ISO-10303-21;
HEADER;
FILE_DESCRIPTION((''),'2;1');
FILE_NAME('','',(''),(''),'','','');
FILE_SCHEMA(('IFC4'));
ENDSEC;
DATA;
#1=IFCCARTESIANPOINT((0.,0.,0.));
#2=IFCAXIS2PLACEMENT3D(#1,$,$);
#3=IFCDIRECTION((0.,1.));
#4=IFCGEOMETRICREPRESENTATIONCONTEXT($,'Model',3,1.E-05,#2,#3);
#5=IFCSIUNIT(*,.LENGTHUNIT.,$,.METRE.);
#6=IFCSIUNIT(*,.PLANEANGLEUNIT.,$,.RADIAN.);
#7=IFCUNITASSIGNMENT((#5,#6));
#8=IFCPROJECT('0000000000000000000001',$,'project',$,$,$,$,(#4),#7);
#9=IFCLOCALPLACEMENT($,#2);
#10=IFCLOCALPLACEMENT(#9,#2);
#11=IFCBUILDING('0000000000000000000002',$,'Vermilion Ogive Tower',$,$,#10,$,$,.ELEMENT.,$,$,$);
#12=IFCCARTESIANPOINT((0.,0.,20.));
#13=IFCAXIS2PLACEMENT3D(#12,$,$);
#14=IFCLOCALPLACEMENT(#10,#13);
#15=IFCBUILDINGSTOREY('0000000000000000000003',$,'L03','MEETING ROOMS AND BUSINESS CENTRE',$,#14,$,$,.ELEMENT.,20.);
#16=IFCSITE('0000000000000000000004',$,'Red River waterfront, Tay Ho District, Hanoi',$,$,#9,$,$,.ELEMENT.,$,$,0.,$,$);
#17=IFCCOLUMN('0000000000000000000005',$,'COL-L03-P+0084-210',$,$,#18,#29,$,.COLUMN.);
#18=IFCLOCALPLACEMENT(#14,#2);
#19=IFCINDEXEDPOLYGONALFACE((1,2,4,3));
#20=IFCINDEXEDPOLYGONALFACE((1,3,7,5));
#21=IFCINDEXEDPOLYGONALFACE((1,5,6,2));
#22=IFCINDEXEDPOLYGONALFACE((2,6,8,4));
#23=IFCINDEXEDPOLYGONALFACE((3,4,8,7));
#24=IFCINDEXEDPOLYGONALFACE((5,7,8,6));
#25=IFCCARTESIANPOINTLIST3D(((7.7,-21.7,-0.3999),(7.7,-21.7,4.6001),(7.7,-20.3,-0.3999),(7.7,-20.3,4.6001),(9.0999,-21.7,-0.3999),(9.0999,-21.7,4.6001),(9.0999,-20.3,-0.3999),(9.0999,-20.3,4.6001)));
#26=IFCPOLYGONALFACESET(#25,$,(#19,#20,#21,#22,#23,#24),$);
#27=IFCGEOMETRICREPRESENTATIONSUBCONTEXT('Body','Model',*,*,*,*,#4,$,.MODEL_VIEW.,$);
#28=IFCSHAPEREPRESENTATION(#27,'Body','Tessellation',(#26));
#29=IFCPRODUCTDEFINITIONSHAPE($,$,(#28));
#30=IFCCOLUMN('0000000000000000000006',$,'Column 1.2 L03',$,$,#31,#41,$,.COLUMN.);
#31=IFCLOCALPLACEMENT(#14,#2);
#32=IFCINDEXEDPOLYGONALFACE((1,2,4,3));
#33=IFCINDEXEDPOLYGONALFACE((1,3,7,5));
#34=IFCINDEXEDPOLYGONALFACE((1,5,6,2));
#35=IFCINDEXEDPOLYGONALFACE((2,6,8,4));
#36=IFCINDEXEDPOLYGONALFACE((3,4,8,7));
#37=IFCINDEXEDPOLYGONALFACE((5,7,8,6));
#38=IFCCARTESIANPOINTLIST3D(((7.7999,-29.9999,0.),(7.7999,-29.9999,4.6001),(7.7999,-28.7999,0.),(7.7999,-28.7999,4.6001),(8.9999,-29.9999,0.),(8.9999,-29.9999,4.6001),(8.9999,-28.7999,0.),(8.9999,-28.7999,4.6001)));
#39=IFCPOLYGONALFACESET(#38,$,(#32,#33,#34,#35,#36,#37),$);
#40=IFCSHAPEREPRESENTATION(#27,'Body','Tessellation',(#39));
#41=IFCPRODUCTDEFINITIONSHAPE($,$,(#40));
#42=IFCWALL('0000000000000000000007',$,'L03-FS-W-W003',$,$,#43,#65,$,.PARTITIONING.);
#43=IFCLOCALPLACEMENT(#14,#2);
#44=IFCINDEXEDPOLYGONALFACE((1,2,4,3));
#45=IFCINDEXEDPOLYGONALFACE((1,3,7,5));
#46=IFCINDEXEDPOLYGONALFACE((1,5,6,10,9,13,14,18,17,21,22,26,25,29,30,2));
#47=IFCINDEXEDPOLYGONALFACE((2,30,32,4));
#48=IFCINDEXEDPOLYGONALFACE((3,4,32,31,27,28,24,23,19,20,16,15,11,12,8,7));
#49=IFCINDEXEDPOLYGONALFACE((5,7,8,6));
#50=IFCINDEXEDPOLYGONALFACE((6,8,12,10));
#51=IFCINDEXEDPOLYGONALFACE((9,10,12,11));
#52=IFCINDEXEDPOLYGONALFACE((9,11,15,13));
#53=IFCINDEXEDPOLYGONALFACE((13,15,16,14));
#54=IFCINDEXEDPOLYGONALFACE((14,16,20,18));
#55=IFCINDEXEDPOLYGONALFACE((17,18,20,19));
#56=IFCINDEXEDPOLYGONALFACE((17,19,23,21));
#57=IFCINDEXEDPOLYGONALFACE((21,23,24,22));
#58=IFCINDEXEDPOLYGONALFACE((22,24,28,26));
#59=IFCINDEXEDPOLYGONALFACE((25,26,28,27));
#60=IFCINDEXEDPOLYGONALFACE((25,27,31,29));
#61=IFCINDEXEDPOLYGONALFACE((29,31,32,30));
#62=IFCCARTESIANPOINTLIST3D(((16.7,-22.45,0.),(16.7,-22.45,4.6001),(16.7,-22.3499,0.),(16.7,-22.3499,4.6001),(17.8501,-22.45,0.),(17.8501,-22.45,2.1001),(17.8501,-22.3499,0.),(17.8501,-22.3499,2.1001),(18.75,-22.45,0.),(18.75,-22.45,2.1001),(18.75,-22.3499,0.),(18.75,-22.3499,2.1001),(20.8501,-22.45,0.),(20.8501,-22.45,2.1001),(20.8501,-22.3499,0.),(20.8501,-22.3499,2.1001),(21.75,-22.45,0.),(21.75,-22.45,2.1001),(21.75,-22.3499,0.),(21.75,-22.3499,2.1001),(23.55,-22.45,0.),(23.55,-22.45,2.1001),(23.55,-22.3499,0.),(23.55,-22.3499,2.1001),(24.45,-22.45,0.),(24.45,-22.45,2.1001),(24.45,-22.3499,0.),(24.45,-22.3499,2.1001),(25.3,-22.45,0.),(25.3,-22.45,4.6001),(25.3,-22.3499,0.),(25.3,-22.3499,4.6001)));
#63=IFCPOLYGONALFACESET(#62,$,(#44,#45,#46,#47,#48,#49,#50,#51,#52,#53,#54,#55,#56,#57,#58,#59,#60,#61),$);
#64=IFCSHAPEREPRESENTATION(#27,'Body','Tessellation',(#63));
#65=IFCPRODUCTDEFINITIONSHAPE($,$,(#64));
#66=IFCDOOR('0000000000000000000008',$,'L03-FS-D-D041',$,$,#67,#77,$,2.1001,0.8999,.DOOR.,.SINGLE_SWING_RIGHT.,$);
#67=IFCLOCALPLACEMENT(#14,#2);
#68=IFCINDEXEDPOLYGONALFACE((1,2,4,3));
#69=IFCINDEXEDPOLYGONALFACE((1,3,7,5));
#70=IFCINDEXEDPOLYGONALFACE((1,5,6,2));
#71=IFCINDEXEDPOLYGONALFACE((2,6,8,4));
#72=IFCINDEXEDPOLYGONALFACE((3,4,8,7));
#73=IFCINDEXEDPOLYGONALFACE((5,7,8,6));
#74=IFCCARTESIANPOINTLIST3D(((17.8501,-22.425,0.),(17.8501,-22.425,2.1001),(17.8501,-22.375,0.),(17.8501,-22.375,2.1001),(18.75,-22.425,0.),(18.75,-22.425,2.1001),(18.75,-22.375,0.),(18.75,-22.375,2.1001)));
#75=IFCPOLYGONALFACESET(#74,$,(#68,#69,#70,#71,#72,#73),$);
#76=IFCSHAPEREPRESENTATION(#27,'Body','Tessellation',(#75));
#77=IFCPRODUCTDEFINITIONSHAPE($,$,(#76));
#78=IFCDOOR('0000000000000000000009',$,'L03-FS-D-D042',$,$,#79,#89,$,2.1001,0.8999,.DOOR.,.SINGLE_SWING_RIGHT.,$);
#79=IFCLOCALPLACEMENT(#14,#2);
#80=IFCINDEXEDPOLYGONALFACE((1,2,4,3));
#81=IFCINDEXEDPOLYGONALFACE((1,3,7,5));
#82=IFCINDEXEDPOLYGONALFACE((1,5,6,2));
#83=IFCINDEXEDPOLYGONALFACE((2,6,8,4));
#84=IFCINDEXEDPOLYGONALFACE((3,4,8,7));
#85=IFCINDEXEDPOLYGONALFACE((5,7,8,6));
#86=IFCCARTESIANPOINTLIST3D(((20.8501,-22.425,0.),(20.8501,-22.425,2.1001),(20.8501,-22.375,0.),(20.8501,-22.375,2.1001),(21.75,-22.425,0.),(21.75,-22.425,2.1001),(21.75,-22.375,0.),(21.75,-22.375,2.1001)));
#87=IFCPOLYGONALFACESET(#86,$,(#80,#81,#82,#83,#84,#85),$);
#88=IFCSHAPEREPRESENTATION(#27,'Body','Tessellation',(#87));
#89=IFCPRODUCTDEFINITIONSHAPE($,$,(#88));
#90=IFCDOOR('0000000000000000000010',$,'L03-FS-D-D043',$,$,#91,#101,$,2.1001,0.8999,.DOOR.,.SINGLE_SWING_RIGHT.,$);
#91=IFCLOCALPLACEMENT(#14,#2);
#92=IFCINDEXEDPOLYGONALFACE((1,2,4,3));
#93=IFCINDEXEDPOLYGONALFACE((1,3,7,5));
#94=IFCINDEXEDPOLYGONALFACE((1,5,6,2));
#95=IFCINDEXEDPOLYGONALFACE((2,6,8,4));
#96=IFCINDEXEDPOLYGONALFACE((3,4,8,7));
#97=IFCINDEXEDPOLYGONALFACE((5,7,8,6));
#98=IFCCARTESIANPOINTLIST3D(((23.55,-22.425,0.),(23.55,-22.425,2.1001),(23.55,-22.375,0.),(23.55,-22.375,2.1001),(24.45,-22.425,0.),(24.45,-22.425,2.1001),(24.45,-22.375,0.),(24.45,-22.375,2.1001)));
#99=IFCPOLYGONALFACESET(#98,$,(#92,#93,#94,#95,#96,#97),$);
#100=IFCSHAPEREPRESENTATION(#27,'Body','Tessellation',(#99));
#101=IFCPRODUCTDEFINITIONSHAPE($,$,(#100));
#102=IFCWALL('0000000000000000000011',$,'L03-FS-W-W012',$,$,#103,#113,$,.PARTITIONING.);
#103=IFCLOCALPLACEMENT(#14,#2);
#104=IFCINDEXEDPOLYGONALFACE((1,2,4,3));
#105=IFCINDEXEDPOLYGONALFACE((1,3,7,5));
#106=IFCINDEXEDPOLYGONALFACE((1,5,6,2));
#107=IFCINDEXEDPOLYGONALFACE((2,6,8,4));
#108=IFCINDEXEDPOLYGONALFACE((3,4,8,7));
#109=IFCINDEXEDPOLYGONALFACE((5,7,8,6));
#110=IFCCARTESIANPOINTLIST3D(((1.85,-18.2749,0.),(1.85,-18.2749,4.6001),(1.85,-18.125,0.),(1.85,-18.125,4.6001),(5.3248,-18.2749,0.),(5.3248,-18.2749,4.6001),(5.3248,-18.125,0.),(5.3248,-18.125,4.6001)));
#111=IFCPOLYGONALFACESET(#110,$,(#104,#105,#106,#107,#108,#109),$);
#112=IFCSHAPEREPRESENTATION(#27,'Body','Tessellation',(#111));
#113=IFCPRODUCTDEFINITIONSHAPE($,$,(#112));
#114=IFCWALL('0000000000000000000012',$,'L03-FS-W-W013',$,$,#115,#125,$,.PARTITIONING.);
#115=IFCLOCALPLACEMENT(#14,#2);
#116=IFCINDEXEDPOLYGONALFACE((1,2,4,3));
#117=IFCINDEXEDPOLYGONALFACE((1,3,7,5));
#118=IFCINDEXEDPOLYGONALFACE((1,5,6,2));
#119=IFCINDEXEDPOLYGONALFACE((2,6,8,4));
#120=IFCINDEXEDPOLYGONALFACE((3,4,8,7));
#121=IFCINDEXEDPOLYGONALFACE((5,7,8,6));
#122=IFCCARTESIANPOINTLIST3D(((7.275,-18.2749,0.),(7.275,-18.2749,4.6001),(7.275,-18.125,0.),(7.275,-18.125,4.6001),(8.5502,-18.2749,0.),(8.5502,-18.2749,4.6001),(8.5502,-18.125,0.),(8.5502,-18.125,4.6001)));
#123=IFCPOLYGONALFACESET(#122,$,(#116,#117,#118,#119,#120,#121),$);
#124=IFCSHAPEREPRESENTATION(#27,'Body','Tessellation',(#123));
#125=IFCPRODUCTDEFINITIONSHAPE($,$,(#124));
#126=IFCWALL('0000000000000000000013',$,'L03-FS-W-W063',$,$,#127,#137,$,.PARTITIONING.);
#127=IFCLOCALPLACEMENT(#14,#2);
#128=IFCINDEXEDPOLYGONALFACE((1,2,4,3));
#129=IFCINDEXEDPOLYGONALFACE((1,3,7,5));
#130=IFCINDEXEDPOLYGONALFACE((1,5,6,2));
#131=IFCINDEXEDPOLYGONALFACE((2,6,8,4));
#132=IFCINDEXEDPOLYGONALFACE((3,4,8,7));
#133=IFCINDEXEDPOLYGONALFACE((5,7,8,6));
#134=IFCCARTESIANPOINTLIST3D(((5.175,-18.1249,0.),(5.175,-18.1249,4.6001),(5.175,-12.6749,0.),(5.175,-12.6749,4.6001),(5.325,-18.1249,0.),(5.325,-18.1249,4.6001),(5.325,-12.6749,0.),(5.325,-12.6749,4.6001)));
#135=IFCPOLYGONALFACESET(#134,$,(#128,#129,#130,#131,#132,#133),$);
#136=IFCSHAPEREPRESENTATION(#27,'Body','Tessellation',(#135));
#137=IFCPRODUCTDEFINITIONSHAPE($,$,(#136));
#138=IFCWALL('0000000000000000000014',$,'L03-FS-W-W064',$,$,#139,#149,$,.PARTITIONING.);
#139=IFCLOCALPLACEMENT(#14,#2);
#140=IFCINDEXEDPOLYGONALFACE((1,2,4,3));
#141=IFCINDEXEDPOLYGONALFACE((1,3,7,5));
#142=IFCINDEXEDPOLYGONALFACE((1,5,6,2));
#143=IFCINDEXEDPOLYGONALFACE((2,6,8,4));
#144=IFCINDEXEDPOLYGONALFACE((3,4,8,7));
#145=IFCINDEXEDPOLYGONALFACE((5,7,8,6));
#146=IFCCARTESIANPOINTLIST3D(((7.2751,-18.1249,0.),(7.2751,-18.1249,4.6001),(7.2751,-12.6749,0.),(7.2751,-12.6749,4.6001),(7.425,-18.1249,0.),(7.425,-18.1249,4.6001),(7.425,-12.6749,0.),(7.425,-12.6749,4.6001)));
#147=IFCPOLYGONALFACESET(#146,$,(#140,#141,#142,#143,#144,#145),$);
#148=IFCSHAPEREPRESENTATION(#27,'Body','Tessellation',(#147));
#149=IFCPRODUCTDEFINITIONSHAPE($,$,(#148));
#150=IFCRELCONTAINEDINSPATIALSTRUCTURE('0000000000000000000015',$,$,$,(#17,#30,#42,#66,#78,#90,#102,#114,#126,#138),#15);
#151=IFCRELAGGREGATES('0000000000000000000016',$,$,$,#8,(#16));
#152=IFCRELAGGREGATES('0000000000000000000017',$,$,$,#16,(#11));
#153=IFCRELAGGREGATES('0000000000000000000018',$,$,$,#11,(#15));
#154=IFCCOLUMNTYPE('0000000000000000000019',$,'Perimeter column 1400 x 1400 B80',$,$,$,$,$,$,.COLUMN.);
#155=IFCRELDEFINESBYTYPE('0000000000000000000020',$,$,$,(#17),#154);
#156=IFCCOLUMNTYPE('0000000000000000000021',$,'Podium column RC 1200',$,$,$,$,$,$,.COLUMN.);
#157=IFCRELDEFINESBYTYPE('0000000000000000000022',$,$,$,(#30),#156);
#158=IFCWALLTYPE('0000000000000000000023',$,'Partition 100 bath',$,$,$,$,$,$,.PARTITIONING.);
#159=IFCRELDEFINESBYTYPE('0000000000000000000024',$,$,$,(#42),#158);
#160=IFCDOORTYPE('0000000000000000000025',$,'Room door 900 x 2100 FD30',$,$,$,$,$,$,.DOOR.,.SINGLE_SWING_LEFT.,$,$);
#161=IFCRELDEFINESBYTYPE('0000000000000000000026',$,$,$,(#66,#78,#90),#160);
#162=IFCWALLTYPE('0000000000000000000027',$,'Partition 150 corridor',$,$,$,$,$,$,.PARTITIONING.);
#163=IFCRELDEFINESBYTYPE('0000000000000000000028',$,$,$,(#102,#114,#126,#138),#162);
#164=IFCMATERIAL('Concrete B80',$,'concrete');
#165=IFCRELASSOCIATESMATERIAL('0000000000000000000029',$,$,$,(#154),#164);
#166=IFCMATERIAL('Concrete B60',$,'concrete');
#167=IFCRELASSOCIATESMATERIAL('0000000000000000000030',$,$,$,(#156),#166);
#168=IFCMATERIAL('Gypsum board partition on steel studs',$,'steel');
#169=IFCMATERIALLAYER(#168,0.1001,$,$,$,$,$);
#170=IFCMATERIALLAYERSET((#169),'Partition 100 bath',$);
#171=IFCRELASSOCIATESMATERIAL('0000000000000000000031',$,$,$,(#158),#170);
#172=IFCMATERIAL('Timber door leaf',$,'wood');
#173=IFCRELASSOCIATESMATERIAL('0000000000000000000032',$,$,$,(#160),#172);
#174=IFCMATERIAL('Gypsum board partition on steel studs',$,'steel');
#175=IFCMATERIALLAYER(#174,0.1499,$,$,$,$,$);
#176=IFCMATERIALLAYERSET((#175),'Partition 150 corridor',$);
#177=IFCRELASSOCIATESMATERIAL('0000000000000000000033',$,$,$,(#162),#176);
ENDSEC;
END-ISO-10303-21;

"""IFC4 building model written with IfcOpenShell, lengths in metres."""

from ifc_helpers import new_model, si_unit, direction, frame, frame_2d, origin, origin_2d, place, context, subcontext, project, spatial, rectangle, extrude, material, layer, layer_set, material_profile, profile_set, type_object, element, fill, save


model = new_model("IFC4")

# Units and contexts
model_context = context("Model", 3, precision=1e-05, world=origin(), true_north=direction((0.0, 1.0)))
body_context = subcontext(model_context, "Body", "Model", "MODEL_VIEW")
ifc_project = project(units=[si_unit("LENGTHUNIT", "METRE"), si_unit("PLANEANGLEUNIT", "RADIAN")], contexts=[model_context])

# Site, building, storey
site_placement = place(None, origin())
site = spatial("IfcSite", under=ifc_project, at=site_placement, Name="Red River waterfront, Tay Ho District, Hanoi", CompositionType="ELEMENT", RefElevation=0.0)
building_placement = place(site_placement, origin())
building = spatial("IfcBuilding", under=site, at=building_placement, Name="Vermilion Ogive Tower", CompositionType="ELEMENT")
storey_placement = place(building_placement, frame((0.0, 0.0, 20.0)))
storey = spatial("IfcBuildingStorey", under=building, at=storey_placement, Name="L03", Description="MEETING ROOMS AND BUSINESS CENTRE", CompositionType="ELEMENT", Elevation=20.0)

# Columns
ifc_material_1 = material(Name="Concrete B80", Category="concrete")
ifc_material_profile_1 = material_profile(ifc_material_1, rectangle(XDim=1.3999, YDim=1.3999, at=origin_2d()), Name="1400 x 1400")
ifc_profile_set_1 = profile_set([ifc_material_profile_1], Name="Concrete B80")
column_type_1 = type_object("IfcColumnType", Name="Perimeter column 1400 x 1400 B80", PredefinedType="COLUMN", material=ifc_profile_set_1)
column_1_placement = place(storey_placement, frame((8.3999, -21.0, -0.3999), z_axis=(0.0, 0.0, 1.0), x_axis=(1.0, 0.0, 0.0)))
element("IfcColumn", 1, at=column_1_placement, inside=storey, type_object=column_type_1, Name="COL-L03-P+0084-210", PredefinedType="COLUMN", context=body_context, shape_type="SweptSolid", body=[
    extrude(rectangle(XDim=1.3999, YDim=1.3999, at=origin_2d()), origin(), (0.0, 0.0, 1.0), 5.0),
])
ifc_material_2 = material(Name="Concrete B60", Category="concrete")
ifc_material_profile_2 = material_profile(ifc_material_2, rectangle(XDim=1.2, YDim=1.2, at=origin_2d()), Name="RC 1200x1200")
ifc_profile_set_2 = profile_set([ifc_material_profile_2], Name="Concrete B60")
column_type_2 = type_object("IfcColumnType", Name="Podium column RC 1200", PredefinedType="COLUMN", material=ifc_profile_set_2)
column_2_placement = place(storey_placement, frame((8.3999, -29.3999, 0.0), z_axis=(0.0, 0.0, 1.0), x_axis=(1.0, 0.0, 0.0)))
element("IfcColumn", 2, at=column_2_placement, inside=storey, type_object=column_type_2, Name="Column 1.2 L03", PredefinedType="COLUMN", context=body_context, shape_type="SweptSolid", body=[
    extrude(rectangle(XDim=1.2, YDim=1.2, at=origin_2d()), origin(), (0.0, 0.0, 1.0), 4.6001),
])

# Wall, openings, doors
ifc_material_3 = material(Name="Gypsum board partition on steel studs", Category="steel")
ifc_layer_1 = layer(ifc_material_3, 0.1001)
ifc_layer_set_1 = layer_set([ifc_layer_1], Name="Partition 100 bath")
wall_type_1 = type_object("IfcWallType", Name="Partition 100 bath", PredefinedType="PARTITIONING", material=ifc_layer_set_1)
wall_1_placement = place(storey_placement, frame((16.7, -22.3999, 0.0), z_axis=(0.0, 0.0, 1.0), x_axis=(1.0, 0.0, 0.0)))
wall_1 = element("IfcWall", 3, at=wall_1_placement, inside=storey, type_object=wall_type_1, Name="L03-FS-W-W003", PredefinedType="PARTITIONING", context=body_context, shape_type="SweptSolid", body=[
    extrude(rectangle(XDim=8.6001, YDim=0.1001, at=frame_2d((4.3, 0.0))), origin(), (0.0, 0.0, 1.0), 4.6001),
])
opening_1_placement = place(wall_1_placement, frame((1.1501, 0.0, 0.0)))
opening_1 = element("IfcOpeningElement", 4, at=opening_1_placement, cuts=wall_1, PredefinedType="OPENING", context=body_context, shape_type="SweptSolid", body=[
    extrude(rectangle(XDim=0.8999, YDim=2.1001, at=frame_2d((0.45, 1.05))), frame((0.0, 0.0601, 0.0), z_axis=(0.0, -1.0, 0.0), x_axis=(1.0, 0.0, 0.0)), (0.0, 0.0, 1.0), 0.1201),
])
opening_2_placement = place(wall_1_placement, frame((4.1501, 0.0, 0.0)))
opening_2 = element("IfcOpeningElement", 5, at=opening_2_placement, cuts=wall_1, PredefinedType="OPENING", context=body_context, shape_type="SweptSolid", body=[
    extrude(rectangle(XDim=0.8999, YDim=2.1001, at=frame_2d((0.45, 1.05))), frame((0.0, 0.0601, 0.0), z_axis=(0.0, -1.0, 0.0), x_axis=(1.0, 0.0, 0.0)), (0.0, 0.0, 1.0), 0.1201),
])
opening_3_placement = place(wall_1_placement, frame((6.8501, 0.0, 0.0)))
opening_3 = element("IfcOpeningElement", 6, at=opening_3_placement, cuts=wall_1, PredefinedType="OPENING", context=body_context, shape_type="SweptSolid", body=[
    extrude(rectangle(XDim=0.8999, YDim=2.1001, at=frame_2d((0.45, 1.05))), frame((0.0, 0.0601, 0.0), z_axis=(0.0, -1.0, 0.0), x_axis=(1.0, 0.0, 0.0)), (0.0, 0.0, 1.0), 0.1201),
])
ifc_material_4 = material(Name="Timber door leaf", Category="wood")
door_type_1 = type_object("IfcDoorType", Name="Room door 900 x 2100 FD30", OperationType="SINGLE_SWING_LEFT", PredefinedType="DOOR", material=ifc_material_4)
door_1_placement = place(opening_1_placement, origin())
door_1 = element("IfcDoor", 7, at=door_1_placement, inside=storey, type_object=door_type_1, Name="L03-FS-D-D041", OperationType="SINGLE_SWING_RIGHT", OverallHeight=2.1001, OverallWidth=0.8999, PredefinedType="DOOR", context=body_context, shape_type="SweptSolid", body=[
    extrude(rectangle(XDim=0.8999, YDim=2.1001, at=frame_2d((0.45, 1.05))), frame((0.0, 0.0249, 0.0), z_axis=(0.0, -1.0, 0.0), x_axis=(1.0, 0.0, 0.0)), (0.0, 0.0, 1.0), 0.05),
])
fill(opening_1, door_1)
door_2_placement = place(opening_2_placement, origin())
door_2 = element("IfcDoor", 8, at=door_2_placement, inside=storey, type_object=door_type_1, Name="L03-FS-D-D042", OperationType="SINGLE_SWING_RIGHT", OverallHeight=2.1001, OverallWidth=0.8999, PredefinedType="DOOR", context=body_context, shape_type="SweptSolid", body=[
    extrude(rectangle(XDim=0.8999, YDim=2.1001, at=frame_2d((0.45, 1.05))), frame((0.0, 0.0249, 0.0), z_axis=(0.0, -1.0, 0.0), x_axis=(1.0, 0.0, 0.0)), (0.0, 0.0, 1.0), 0.05),
])
fill(opening_2, door_2)
door_3_placement = place(opening_3_placement, origin())
door_3 = element("IfcDoor", 9, at=door_3_placement, inside=storey, type_object=door_type_1, Name="L03-FS-D-D043", OperationType="SINGLE_SWING_RIGHT", OverallHeight=2.1001, OverallWidth=0.8999, PredefinedType="DOOR", context=body_context, shape_type="SweptSolid", body=[
    extrude(rectangle(XDim=0.8999, YDim=2.1001, at=frame_2d((0.45, 1.05))), frame((0.0, 0.0249, 0.0), z_axis=(0.0, -1.0, 0.0), x_axis=(1.0, 0.0, 0.0)), (0.0, 0.0, 1.0), 0.05),
])
fill(opening_3, door_3)

# Walls
ifc_material_5 = material(Name="Gypsum board partition on steel studs", Category="steel")
ifc_layer_2 = layer(ifc_material_5, 0.1499)
ifc_layer_set_2 = layer_set([ifc_layer_2], Name="Partition 150 corridor")
wall_type_2 = type_object("IfcWallType", Name="Partition 150 corridor", PredefinedType="PARTITIONING", material=ifc_layer_set_2)
wall_2_placement = place(storey_placement, frame((1.8501, -18.2, 0.0), z_axis=(0.0, 0.0, 1.0), x_axis=(1.0, 0.0, 0.0)))
element("IfcWall", 10, at=wall_2_placement, inside=storey, type_object=wall_type_2, Name="L03-FS-W-W012", PredefinedType="PARTITIONING", context=body_context, shape_type="SweptSolid", body=[
    extrude(rectangle(XDim=3.4749, YDim=0.1499, at=frame_2d((1.7373, 0.0))), origin(), (0.0, 0.0, 1.0), 4.6001),
])
wall_3_placement = place(storey_placement, frame((7.2749, -18.2, 0.0), z_axis=(0.0, 0.0, 1.0), x_axis=(1.0, 0.0, 0.0)))
element("IfcWall", 11, at=wall_3_placement, inside=storey, type_object=wall_type_2, Name="L03-FS-W-W013", PredefinedType="PARTITIONING", context=body_context, shape_type="SweptSolid", body=[
    extrude(rectangle(XDim=1.2751, YDim=0.1499, at=frame_2d((0.6377, 0.0))), origin(), (0.0, 0.0, 1.0), 4.6001),
])
for number, where, z_axis, x_axis, name in (
    (12, (5.25, -18.125, 0.0), (0.0, 0.0, 1.0), (0.0, 1.0, 0.0), "L03-FS-W-W063"),
    (13, (7.3501, -18.125, 0.0), (0.0, 0.0, 1.0), (0.0, 1.0, 0.0), "L03-FS-W-W064"),
):
    element("IfcWall", number, at=place(storey_placement, frame(where, z_axis=z_axis, x_axis=x_axis)), inside=storey, type_object=wall_type_2, Name=name, PredefinedType="PARTITIONING", context=body_context, shape_type="SweptSolid", body=[
        extrude(rectangle(XDim=5.45, YDim=0.1499, at=frame_2d((2.7251, 0.0))), origin(), (0.0, 0.0, 1.0), 4.6001),
    ])

save(model, "model.ifc")
